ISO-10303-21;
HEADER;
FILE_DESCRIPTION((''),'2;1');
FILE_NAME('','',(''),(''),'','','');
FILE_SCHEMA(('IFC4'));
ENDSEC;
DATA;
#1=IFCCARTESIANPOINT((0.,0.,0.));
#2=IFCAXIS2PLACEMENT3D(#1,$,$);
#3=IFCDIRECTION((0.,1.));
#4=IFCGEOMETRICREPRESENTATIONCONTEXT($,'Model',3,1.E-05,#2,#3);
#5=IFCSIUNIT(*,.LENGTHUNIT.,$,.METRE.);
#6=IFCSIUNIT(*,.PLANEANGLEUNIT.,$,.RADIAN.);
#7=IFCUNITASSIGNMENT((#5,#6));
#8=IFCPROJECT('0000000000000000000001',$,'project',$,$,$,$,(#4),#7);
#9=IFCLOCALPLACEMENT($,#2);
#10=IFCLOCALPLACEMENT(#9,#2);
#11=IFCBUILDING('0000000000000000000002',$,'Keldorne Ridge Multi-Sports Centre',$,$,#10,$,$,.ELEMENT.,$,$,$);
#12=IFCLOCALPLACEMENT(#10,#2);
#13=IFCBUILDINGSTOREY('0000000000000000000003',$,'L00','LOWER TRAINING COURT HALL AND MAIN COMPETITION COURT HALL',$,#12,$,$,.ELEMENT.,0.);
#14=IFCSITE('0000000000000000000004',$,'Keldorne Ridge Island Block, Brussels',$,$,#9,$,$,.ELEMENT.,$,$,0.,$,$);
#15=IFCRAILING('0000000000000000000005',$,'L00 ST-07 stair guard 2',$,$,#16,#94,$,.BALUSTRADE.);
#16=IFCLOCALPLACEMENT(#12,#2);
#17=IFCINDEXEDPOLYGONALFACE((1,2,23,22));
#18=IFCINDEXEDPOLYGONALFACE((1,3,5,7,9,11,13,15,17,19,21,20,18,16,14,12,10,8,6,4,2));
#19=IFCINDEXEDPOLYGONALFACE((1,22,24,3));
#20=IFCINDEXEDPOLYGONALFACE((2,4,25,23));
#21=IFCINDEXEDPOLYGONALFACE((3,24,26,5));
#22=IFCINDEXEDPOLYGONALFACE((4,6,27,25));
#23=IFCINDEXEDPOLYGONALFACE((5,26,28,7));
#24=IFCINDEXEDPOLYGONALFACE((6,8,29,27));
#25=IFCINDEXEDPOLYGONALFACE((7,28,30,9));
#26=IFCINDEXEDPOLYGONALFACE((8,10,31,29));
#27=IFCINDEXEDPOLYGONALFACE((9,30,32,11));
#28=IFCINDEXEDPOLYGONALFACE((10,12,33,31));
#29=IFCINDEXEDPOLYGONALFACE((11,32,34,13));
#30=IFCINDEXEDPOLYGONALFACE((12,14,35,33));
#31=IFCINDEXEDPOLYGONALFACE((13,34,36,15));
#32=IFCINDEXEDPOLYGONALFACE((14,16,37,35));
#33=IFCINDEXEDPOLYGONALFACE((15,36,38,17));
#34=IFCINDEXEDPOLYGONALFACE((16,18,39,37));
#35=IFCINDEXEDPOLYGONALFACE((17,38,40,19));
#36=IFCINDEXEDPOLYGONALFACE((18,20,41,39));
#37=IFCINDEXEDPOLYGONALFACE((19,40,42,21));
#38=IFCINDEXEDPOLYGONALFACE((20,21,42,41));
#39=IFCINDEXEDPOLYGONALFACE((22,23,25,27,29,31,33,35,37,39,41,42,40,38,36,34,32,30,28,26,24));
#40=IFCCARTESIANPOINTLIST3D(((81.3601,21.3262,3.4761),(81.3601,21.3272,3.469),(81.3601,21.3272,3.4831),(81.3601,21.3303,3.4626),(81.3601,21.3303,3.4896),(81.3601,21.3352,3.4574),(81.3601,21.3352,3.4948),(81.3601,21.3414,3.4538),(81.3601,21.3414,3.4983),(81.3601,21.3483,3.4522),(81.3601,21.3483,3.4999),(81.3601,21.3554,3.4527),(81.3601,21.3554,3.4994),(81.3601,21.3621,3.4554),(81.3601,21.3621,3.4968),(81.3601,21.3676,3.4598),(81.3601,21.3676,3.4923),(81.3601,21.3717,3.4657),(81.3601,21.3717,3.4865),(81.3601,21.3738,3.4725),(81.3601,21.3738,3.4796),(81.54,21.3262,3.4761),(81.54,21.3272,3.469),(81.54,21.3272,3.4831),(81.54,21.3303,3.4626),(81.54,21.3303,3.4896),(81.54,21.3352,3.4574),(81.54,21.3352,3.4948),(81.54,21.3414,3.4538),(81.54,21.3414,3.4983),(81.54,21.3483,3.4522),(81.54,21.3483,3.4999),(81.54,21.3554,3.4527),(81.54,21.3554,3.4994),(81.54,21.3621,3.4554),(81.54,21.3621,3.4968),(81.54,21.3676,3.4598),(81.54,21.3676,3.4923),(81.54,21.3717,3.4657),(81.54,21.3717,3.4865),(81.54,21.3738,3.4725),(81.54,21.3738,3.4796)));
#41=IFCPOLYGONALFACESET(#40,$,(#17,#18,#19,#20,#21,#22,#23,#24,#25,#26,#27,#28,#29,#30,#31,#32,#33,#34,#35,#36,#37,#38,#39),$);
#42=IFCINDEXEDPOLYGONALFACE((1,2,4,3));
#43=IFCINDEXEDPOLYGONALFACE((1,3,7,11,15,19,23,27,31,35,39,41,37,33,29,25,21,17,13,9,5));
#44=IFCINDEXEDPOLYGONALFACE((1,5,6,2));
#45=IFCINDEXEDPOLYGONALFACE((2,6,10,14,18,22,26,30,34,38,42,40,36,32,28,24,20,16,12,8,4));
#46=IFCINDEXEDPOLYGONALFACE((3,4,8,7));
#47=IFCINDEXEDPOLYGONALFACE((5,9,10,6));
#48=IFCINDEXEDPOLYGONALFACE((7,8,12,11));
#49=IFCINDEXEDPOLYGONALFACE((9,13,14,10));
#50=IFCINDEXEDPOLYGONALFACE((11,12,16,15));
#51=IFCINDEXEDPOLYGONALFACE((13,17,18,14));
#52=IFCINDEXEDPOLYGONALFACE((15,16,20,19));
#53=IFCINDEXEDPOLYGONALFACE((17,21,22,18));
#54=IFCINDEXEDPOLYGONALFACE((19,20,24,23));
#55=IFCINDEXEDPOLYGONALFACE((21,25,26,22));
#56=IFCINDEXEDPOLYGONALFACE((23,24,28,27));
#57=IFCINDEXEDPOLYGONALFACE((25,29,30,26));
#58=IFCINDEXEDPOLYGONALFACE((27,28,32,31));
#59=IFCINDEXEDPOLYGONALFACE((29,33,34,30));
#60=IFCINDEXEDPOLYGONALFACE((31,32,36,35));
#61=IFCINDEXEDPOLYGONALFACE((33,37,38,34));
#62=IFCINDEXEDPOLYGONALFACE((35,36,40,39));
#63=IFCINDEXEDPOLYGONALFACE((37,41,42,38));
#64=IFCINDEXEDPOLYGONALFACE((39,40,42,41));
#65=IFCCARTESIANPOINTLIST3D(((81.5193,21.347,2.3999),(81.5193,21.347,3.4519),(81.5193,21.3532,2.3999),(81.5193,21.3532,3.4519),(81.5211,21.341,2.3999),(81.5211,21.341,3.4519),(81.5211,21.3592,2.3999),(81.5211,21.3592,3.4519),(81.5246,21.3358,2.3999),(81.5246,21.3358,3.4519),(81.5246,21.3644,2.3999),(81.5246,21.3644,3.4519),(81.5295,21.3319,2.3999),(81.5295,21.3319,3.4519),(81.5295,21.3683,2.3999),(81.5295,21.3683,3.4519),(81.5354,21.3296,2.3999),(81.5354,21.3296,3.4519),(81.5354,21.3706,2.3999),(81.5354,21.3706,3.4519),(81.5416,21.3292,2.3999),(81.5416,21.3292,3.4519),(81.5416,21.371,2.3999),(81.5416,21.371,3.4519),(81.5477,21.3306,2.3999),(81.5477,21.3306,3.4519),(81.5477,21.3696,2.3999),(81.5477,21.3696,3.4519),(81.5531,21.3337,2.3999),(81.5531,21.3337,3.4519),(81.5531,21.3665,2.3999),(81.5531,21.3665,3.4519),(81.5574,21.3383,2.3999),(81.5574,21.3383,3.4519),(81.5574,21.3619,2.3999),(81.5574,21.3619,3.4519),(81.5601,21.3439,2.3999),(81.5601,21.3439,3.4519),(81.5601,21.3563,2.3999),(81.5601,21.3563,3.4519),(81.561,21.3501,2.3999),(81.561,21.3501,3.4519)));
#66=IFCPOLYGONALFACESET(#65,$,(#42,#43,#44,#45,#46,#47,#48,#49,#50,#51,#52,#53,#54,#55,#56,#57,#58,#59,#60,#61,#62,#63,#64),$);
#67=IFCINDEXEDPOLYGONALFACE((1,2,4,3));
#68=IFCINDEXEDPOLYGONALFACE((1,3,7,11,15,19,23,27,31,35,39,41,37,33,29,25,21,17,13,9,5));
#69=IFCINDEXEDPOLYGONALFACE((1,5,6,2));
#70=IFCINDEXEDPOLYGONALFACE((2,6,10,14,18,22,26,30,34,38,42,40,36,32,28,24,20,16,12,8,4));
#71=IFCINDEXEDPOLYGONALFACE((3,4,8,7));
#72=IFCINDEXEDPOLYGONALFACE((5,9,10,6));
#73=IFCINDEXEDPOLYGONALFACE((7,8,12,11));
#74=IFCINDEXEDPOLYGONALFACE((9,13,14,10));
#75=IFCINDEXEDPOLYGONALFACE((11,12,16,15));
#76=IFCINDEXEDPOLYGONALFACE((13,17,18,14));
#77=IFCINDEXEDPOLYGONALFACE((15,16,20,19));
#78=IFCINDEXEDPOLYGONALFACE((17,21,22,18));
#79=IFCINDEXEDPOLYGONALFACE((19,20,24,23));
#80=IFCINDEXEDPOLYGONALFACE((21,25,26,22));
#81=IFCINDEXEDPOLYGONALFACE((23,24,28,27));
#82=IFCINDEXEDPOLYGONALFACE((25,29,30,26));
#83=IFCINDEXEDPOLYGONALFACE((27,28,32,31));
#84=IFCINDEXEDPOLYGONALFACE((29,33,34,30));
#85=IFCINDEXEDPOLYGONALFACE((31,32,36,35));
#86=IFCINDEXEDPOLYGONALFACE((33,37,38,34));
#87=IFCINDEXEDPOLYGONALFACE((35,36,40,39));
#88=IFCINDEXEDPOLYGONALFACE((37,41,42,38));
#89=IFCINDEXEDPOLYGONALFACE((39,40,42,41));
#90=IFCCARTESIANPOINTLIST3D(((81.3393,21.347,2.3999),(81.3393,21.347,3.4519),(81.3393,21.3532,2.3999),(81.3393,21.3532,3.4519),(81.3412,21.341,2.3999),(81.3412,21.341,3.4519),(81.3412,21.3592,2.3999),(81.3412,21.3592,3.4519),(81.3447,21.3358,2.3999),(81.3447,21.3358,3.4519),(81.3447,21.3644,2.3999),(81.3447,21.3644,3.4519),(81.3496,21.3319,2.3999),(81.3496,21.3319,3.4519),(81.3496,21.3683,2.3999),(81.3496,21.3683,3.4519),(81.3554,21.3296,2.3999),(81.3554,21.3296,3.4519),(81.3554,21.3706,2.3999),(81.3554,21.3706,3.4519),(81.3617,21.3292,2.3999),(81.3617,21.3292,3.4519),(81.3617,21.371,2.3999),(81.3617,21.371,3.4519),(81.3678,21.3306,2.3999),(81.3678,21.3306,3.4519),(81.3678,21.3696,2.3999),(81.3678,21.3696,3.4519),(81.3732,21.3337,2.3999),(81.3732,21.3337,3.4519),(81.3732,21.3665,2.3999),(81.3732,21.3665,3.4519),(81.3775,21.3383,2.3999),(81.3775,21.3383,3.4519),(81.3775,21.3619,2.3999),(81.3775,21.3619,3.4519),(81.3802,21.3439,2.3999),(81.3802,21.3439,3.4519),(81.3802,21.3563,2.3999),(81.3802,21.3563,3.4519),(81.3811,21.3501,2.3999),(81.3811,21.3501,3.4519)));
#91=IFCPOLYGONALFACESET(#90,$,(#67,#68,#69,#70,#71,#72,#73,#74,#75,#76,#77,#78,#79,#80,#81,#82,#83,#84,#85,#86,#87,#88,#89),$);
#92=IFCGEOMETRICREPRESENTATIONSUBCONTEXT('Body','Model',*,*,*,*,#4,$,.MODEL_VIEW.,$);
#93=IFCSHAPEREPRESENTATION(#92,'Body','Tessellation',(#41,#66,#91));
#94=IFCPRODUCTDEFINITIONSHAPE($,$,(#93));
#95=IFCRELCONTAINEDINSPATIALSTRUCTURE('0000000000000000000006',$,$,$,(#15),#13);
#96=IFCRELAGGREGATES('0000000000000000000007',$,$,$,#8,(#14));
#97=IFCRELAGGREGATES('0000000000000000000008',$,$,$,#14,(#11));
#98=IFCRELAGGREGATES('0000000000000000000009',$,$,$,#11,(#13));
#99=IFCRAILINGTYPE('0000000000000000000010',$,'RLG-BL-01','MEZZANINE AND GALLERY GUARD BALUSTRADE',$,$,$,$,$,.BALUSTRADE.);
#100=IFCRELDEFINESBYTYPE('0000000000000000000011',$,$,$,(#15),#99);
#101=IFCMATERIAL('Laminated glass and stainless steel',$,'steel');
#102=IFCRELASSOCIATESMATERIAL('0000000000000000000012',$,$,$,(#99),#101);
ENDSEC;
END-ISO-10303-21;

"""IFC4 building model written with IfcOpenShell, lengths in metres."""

from ifc_helpers import new_model, si_unit, direction, frame, origin, origin_2d, place, context, subcontext, project, spatial, circle, extrude, material, type_object, element, save


model = new_model("IFC4")

# Units and contexts
model_context = context("Model", 3, precision=1e-05, world=origin(), true_north=direction((0.0, 1.0)))
body_context = subcontext(model_context, "Body", "Model", "MODEL_VIEW")
ifc_project = project(units=[si_unit("LENGTHUNIT", "METRE"), si_unit("PLANEANGLEUNIT", "RADIAN")], contexts=[model_context])

# Site, building, storey
site_placement = place(None, origin())
site = spatial("IfcSite", under=ifc_project, at=site_placement, Name="Keldorne Ridge Island Block, Brussels", CompositionType="ELEMENT", RefElevation=0.0)
building_placement = place(site_placement, origin())
building = spatial("IfcBuilding", under=site, at=building_placement, Name="Keldorne Ridge Multi-Sports Centre", CompositionType="ELEMENT")
storey_placement = place(building_placement, origin())
storey = spatial("IfcBuildingStorey", under=building, at=storey_placement, Name="L00", Description="LOWER TRAINING COURT HALL AND MAIN COMPETITION COURT HALL", CompositionType="ELEMENT", Elevation=0.0)

# Railing
ifc_material_1 = material(Name="Laminated glass and stainless steel", Category="steel")
railing_type_1 = type_object("IfcRailingType", Name="RLG-BL-01", Description="MEZZANINE AND GALLERY GUARD BALUSTRADE", PredefinedType="BALUSTRADE", material=ifc_material_1)
railing_1_placement = place(storey_placement, frame((81.54, 21.3501, 2.3999)))
element("IfcRailing", 1, at=railing_1_placement, inside=storey, type_object=railing_type_1, Name="L00 ST-07 stair guard 2", PredefinedType="BALUSTRADE", context=body_context, shape_type="SweptSolid", body=[
    extrude(circle(Radius=0.0239, at=origin_2d()), frame((0.0, 0.0, 1.0762), z_axis=(-1.0, 0.0, 0.0), x_axis=(0.0, -1.0, 0.0)), (0.0, 0.0, 1.0), 0.1799),
    extrude(circle(Radius=0.021, at=origin_2d()), origin(), (0.0, 0.0, 1.0), 1.052),
    extrude(circle(Radius=0.021, at=origin_2d()), frame((-0.1799, 0.0, 0.0)), (0.0, 0.0, 1.0), 1.052),
])

save(model, "model.ifc")
